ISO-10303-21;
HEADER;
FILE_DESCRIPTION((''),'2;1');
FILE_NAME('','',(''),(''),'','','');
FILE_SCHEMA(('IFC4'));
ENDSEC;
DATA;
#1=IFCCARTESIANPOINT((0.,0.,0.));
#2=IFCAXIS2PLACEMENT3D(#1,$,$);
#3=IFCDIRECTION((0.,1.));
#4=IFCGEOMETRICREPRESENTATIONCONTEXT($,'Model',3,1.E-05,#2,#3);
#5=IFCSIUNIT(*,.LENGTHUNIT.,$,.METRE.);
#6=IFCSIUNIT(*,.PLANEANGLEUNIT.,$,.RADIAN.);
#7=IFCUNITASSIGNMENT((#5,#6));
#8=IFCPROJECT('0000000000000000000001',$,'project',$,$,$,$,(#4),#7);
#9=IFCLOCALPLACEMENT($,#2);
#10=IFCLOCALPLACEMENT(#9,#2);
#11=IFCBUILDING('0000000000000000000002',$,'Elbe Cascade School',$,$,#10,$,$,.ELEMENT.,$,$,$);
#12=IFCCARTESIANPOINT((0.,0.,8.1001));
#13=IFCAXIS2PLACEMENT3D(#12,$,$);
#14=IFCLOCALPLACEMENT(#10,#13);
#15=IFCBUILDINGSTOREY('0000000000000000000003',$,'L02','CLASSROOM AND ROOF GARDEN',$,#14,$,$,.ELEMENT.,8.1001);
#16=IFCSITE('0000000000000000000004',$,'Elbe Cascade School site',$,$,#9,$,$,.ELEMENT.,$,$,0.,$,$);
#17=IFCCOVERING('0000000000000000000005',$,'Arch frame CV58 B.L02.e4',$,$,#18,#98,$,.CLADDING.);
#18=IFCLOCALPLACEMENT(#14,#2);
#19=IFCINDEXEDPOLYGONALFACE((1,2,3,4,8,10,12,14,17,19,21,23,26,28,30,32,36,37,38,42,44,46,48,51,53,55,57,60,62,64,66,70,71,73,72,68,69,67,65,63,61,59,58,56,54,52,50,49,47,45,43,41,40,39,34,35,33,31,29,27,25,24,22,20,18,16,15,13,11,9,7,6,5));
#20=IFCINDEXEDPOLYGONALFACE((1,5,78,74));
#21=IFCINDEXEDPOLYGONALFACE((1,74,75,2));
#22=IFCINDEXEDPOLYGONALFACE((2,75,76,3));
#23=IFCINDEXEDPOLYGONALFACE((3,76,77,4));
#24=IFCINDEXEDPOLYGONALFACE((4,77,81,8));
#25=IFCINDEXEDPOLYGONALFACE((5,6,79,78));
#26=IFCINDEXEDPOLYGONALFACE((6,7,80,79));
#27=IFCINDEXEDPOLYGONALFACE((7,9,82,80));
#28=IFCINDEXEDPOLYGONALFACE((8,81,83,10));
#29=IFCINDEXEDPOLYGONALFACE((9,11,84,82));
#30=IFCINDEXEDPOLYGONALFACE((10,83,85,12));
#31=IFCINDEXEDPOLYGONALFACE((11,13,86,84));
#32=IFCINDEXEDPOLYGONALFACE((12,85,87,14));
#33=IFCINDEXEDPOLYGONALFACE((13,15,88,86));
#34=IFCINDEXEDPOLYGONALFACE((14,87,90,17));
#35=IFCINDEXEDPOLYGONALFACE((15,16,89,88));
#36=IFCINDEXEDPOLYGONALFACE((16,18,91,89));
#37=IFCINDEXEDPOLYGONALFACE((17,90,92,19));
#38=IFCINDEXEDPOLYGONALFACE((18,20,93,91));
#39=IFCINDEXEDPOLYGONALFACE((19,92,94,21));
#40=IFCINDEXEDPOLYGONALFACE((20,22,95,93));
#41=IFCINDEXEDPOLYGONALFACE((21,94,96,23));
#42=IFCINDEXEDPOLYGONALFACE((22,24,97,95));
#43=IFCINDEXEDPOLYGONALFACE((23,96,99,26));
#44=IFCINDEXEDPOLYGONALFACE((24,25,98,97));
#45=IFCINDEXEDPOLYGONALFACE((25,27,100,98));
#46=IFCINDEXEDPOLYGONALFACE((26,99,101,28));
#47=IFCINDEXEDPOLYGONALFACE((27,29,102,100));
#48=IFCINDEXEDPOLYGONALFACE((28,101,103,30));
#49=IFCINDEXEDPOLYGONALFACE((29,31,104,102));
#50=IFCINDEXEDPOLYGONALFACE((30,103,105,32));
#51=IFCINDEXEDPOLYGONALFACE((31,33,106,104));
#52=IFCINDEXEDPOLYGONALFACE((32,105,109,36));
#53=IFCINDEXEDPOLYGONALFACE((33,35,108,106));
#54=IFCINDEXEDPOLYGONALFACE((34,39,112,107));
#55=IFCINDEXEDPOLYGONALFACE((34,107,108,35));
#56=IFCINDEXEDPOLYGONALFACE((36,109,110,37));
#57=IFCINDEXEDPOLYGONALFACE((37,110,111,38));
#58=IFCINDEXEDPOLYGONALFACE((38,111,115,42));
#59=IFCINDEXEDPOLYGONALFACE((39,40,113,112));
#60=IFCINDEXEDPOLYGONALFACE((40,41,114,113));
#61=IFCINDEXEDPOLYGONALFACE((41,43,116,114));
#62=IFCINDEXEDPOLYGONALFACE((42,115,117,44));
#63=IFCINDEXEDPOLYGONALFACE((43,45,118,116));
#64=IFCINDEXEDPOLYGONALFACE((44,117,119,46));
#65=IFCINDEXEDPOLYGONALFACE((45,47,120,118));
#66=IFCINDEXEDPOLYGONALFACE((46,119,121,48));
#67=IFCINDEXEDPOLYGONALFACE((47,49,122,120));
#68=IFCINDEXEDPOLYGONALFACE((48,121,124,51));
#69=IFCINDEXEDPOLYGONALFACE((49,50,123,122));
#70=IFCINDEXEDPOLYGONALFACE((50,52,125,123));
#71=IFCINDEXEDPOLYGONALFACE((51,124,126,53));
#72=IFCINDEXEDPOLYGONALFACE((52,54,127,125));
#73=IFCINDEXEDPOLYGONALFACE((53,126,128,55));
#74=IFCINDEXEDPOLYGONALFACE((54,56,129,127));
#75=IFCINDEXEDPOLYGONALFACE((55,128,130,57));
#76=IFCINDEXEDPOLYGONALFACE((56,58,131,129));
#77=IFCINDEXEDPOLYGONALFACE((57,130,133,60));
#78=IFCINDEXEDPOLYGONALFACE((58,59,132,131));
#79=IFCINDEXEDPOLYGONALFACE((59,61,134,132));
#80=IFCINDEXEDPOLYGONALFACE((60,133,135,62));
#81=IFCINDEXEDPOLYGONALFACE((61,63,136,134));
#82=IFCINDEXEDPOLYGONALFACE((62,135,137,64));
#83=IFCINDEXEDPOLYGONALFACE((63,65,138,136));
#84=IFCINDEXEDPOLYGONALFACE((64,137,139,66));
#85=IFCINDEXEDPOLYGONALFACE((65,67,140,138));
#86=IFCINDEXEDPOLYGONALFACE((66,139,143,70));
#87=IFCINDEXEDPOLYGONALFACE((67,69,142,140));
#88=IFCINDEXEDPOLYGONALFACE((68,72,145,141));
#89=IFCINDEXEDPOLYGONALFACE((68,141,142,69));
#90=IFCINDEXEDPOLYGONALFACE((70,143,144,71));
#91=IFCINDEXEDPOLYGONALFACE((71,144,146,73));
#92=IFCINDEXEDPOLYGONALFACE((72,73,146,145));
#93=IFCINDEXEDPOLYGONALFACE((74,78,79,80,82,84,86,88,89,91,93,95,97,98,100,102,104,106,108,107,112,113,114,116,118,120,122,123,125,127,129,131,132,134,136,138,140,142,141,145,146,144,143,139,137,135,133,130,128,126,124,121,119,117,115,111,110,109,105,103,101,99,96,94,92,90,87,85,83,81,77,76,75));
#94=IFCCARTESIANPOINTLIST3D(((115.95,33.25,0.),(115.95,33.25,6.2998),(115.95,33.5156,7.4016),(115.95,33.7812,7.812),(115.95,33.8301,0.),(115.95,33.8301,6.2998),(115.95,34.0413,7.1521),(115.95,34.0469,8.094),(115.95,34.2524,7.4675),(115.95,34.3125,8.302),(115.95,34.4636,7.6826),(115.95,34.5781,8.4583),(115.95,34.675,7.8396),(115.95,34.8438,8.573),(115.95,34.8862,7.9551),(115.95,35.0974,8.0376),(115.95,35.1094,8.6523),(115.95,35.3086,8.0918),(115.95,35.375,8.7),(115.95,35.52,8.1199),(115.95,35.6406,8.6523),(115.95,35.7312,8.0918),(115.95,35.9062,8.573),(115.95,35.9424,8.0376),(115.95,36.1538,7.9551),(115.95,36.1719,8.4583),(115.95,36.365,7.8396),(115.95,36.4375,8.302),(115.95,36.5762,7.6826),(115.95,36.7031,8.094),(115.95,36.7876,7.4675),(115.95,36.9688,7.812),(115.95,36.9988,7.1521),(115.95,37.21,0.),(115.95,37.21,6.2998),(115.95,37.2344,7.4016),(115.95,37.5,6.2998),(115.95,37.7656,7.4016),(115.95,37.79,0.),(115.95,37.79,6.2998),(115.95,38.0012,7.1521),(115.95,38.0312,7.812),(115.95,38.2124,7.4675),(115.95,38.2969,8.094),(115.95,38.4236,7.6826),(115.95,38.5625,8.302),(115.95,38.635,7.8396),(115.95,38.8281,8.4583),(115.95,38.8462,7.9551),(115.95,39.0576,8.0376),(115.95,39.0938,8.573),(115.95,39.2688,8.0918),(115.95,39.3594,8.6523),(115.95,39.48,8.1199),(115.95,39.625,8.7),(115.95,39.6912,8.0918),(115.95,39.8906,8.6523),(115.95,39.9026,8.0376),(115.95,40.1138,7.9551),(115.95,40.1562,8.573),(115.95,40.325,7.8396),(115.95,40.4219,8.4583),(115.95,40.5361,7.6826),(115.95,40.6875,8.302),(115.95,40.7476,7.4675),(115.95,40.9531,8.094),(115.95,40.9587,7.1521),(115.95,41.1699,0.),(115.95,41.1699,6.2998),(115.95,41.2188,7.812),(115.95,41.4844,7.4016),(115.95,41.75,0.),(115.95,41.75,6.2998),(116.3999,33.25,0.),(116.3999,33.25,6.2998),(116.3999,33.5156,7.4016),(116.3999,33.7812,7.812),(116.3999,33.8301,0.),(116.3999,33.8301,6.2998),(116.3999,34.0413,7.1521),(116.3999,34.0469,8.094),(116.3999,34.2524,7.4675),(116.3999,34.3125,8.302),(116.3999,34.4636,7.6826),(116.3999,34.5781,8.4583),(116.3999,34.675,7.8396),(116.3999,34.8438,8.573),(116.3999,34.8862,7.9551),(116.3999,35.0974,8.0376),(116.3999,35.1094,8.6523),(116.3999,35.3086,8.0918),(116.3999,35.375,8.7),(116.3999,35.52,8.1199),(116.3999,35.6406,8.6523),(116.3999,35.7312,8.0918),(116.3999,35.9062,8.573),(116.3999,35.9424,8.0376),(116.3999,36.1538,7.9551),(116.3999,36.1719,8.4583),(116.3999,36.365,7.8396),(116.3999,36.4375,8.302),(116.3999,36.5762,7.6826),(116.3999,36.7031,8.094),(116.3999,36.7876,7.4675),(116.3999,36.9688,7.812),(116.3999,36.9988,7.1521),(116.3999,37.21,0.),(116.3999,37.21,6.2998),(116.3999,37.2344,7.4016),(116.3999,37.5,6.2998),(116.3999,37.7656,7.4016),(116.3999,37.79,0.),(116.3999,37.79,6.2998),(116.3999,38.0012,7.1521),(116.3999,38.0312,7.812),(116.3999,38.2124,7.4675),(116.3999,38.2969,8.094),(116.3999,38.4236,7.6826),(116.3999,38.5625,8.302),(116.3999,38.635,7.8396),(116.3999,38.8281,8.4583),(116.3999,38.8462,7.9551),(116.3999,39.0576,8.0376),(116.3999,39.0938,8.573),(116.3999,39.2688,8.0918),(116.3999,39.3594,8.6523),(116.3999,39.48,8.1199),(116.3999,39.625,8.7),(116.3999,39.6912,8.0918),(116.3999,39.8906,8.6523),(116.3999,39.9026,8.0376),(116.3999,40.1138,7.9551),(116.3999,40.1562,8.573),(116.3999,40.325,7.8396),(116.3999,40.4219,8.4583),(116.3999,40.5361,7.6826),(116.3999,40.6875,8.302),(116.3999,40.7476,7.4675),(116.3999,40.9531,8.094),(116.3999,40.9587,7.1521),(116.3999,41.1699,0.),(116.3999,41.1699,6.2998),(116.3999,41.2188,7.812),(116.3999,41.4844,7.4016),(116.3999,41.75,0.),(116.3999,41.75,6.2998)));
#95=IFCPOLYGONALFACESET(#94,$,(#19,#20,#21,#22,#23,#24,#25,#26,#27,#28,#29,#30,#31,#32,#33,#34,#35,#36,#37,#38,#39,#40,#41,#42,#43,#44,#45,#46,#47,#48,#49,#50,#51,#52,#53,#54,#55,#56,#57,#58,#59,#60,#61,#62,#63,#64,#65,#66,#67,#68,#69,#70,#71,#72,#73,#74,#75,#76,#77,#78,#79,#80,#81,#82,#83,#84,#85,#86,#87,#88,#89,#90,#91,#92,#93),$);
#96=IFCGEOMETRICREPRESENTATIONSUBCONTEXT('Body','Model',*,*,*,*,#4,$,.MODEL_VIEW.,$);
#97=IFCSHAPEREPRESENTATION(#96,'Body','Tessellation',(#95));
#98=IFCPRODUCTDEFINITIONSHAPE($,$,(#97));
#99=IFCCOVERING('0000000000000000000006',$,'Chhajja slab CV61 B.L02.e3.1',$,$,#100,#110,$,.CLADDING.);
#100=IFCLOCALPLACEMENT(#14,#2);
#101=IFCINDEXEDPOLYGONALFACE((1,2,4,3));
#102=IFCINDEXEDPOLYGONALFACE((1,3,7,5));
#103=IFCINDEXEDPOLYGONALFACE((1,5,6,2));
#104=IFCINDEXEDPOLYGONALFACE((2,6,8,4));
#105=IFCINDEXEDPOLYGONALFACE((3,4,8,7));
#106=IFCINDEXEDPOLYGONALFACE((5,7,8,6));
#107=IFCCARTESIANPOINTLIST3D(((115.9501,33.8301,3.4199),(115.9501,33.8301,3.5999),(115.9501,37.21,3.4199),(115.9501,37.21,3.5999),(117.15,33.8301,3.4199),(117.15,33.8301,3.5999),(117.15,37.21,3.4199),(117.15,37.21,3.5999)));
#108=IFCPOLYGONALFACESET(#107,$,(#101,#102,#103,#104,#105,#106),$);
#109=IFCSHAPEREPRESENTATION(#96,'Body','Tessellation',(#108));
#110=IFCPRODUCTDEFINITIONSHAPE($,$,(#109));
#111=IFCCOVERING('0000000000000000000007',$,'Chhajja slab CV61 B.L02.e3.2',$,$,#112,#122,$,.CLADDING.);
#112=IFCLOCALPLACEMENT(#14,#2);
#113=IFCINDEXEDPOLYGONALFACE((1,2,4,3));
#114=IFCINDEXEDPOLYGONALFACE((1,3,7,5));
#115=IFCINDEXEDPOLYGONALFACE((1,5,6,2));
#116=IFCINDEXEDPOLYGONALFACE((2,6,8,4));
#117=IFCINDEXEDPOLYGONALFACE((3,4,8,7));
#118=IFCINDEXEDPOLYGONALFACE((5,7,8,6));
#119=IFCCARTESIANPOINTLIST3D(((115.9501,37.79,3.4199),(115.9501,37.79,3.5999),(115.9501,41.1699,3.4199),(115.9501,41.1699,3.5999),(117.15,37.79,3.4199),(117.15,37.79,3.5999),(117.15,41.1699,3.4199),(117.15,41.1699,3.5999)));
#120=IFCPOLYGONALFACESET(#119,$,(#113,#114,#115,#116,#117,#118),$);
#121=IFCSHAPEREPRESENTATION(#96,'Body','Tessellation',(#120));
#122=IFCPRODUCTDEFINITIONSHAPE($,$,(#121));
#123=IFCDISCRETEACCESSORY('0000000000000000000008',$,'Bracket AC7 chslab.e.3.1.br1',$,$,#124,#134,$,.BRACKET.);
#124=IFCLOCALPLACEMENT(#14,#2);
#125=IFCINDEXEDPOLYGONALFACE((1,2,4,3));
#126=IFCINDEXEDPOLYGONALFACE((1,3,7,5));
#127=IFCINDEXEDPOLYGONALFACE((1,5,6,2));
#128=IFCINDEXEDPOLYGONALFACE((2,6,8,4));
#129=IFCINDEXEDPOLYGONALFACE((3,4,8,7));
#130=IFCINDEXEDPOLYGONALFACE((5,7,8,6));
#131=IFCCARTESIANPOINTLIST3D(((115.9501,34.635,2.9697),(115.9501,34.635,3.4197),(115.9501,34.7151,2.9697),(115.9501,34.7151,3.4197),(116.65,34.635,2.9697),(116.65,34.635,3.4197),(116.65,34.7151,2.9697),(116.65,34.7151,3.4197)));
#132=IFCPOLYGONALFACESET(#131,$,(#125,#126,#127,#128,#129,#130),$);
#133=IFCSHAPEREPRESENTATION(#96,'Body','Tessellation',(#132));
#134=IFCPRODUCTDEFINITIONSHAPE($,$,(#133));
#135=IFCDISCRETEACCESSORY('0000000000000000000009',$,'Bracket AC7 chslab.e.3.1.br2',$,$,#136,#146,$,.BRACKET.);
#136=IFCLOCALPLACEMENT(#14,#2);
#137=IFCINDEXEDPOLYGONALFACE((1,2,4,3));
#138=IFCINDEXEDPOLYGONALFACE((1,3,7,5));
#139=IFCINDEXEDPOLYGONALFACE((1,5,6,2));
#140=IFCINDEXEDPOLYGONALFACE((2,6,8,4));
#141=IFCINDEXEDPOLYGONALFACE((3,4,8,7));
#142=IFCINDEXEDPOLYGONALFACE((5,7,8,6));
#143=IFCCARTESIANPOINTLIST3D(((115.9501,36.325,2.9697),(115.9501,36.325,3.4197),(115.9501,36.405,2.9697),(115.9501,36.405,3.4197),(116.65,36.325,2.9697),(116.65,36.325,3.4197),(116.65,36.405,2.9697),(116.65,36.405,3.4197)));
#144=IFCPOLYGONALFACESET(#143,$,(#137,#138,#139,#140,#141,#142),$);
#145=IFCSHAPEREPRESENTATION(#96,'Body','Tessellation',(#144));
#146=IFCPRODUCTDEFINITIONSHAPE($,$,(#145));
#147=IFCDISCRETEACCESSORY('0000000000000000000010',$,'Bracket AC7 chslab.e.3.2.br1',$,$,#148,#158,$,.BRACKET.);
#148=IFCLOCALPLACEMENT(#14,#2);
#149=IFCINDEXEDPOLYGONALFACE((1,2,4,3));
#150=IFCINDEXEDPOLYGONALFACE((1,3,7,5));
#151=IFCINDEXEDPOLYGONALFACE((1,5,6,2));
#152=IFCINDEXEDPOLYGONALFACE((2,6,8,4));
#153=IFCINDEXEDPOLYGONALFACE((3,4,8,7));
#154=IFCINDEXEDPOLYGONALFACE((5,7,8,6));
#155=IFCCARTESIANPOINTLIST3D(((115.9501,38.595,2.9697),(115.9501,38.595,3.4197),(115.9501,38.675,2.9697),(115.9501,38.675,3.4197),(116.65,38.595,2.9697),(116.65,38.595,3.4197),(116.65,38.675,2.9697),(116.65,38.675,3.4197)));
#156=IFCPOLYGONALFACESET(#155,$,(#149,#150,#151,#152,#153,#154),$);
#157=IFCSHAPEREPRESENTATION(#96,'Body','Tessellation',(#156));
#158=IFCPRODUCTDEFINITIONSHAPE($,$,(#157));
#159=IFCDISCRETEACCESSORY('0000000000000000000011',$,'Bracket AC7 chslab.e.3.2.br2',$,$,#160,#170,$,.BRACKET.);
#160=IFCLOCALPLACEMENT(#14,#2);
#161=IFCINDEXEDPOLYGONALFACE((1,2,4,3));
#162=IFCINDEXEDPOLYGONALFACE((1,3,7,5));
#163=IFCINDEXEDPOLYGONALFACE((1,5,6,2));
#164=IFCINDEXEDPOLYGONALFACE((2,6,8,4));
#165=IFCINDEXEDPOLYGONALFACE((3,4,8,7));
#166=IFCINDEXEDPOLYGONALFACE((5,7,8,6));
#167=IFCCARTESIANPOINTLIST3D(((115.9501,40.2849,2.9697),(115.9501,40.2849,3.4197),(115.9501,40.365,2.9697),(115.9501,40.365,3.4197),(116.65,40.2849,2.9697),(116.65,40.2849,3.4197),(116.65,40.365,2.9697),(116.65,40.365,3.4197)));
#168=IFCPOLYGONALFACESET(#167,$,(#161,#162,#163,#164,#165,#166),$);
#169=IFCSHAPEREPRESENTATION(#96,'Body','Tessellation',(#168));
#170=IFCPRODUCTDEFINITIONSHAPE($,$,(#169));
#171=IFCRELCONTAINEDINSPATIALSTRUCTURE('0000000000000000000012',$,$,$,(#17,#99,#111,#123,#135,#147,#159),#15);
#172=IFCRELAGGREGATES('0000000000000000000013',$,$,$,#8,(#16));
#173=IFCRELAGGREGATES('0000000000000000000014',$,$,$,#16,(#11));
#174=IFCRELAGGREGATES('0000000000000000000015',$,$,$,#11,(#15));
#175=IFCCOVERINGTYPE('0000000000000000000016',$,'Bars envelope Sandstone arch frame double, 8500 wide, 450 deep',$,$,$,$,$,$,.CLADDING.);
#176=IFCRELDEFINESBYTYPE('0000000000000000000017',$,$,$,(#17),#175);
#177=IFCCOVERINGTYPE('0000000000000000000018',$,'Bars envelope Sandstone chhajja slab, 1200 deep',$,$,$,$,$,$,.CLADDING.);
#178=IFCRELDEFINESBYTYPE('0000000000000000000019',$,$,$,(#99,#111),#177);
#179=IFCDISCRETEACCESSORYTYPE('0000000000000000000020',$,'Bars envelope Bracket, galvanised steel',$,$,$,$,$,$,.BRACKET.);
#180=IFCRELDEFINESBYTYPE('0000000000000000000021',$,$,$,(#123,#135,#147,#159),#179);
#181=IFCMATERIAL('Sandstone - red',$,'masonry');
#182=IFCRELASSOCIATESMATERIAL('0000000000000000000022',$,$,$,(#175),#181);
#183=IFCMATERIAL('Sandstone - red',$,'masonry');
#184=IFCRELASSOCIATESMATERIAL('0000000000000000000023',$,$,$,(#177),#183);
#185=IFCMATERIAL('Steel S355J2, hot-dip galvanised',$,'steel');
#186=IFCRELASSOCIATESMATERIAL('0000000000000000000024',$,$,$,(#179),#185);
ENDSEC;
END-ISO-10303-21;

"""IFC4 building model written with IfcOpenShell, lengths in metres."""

from ifc_helpers import new_model, si_unit, direction, frame, origin, origin_2d, place, context, subcontext, project, spatial, polyline, rectangle, outline, extrude, material, type_object, element, save


model = new_model("IFC4")

# Units and contexts
model_context = context("Model", 3, precision=1e-05, world=origin(), true_north=direction((0.0, 1.0)))
body_context = subcontext(model_context, "Body", "Model", "MODEL_VIEW")
ifc_project = project(units=[si_unit("LENGTHUNIT", "METRE"), si_unit("PLANEANGLEUNIT", "RADIAN")], contexts=[model_context])

# Site, building, storey
site_placement = place(None, origin())
site = spatial("IfcSite", under=ifc_project, at=site_placement, Name="Elbe Cascade School site", CompositionType="ELEMENT", RefElevation=0.0)
building_placement = place(site_placement, origin())
building = spatial("IfcBuilding", under=site, at=building_placement, Name="Elbe Cascade School", CompositionType="ELEMENT")
storey_placement = place(building_placement, frame((0.0, 0.0, 8.1001)))
storey = spatial("IfcBuildingStorey", under=building, at=storey_placement, Name="L02", Description="CLASSROOM AND ROOF GARDEN", CompositionType="ELEMENT", Elevation=8.1001)

# Coverings
ifc_material_1 = material(Name="Sandstone - red", Category="masonry")
covering_type_1 = type_object("IfcCoveringType", Name="Bars envelope Sandstone arch frame double, 8500 wide, 450 deep", PredefinedType="CLADDING", material=ifc_material_1)
covering_1_placement = place(storey_placement, frame((116.3999, 33.8301, 0.0), z_axis=(1.0, 0.0, 0.0), x_axis=(0.0, 0.0, 1.0)))
element("IfcCovering", 1, at=covering_1_placement, inside=storey, type_object=covering_type_1, Name="Arch frame CV58 B.L02.e4", PredefinedType="CLADDING", context=body_context, shape_type="SweptSolid", body=[
    extrude(outline(polyline([(0.0, 0.0), (6.2998, 0.0), (7.1521, -0.2112), (7.4675, -0.4224), (7.6826, -0.6335), (7.8396, -0.845), (7.9551, -1.0562), (8.0376, -1.2673), (8.0918, -1.4785), (8.1199, -1.6899), (8.0918, -1.9011), (8.0376, -2.1123), (7.9551, -2.3237), (7.8396, -2.5349), (7.6826, -2.7461), (7.4675, -2.9575), (7.1521, -3.1687), (6.2998, -3.3799), (0.0, -3.3799), (0.0, -3.96), (6.2998, -3.96), (7.1521, -4.1711), (7.4675, -4.3823), (7.6826, -4.5935), (7.8396, -4.8049), (7.9551, -5.0161), (8.0376, -5.2275), (8.0918, -5.4387), (8.1199, -5.6499), (8.0918, -5.8611), (8.0376, -6.0725), (7.9551, -6.2837), (7.8396, -6.4949), (7.6826, -6.7061), (7.4675, -6.9175), (7.1521, -7.1287), (6.2998, -7.3398), (0.0, -7.3398), (0.0, -7.9199), (6.2998, -7.9199), (7.4016, -7.6543), (7.812, -7.3887), (8.094, -7.123), (8.302, -6.8574), (8.4583, -6.5918), (8.573, -6.3262), (8.6523, -6.0605), (8.7, -5.7949), (8.6523, -5.5293), (8.573, -5.2637), (8.4583, -4.998), (8.302, -4.7324), (8.094, -4.4668), (7.812, -4.2012), (7.4016, -3.9355), (6.2998, -3.6699), (7.4016, -3.4043), (7.812, -3.1387), (8.094, -2.873), (8.302, -2.6074), (8.4583, -2.3418), (8.573, -2.0762), (8.6523, -1.8105), (8.7, -1.5449), (8.6523, -1.2793), (8.573, -1.0137), (8.4583, -0.748), (8.302, -0.4824), (8.094, -0.2168), (7.812, 0.0488), (7.4016, 0.3145), (6.2998, 0.5801), (0.0, 0.5801), (0.0, 0.0)])), origin(), (0.0, 0.0, -1.0), 0.45),
])
ifc_material_2 = material(Name="Sandstone - red", Category="masonry")
covering_type_2 = type_object("IfcCoveringType", Name="Bars envelope Sandstone chhajja slab, 1200 deep", PredefinedType="CLADDING", material=ifc_material_2)
for number, where, z_axis, x_axis, name in (
    (2, (116.55, 35.52, 3.4199), (0.0, 0.0, 1.0), (0.0, 1.0, 0.0), "Chhajja slab CV61 B.L02.e3.1"),
    (3, (116.55, 39.48, 3.4199), (0.0, 0.0, 1.0), (0.0, 1.0, 0.0), "Chhajja slab CV61 B.L02.e3.2"),
):
    element("IfcCovering", number, at=place(storey_placement, frame(where, z_axis=z_axis, x_axis=x_axis)), inside=storey, type_object=covering_type_2, Name=name, PredefinedType="CLADDING", context=body_context, shape_type="SweptSolid", body=[
        extrude(rectangle(XDim=3.3799, YDim=1.2, at=origin_2d()), origin(), (0.0, 0.0, 1.0), 0.1799),
    ])

# Discrete accessories
ifc_material_3 = material(Name="Steel S355J2, hot-dip galvanised", Category="steel")
discrete_accessory_type = type_object("IfcDiscreteAccessoryType", Name="Bars envelope Bracket, galvanised steel", PredefinedType="BRACKET", material=ifc_material_3)
for number, where, z_axis, x_axis, name in (
    (4, (116.3, 34.675, 2.9697), (0.0, 0.0, 1.0), (0.0, 1.0, 0.0), "Bracket AC7 chslab.e.3.1.br1"),
    (5, (116.3, 36.365, 2.9697), (0.0, 0.0, 1.0), (0.0, 1.0, 0.0), "Bracket AC7 chslab.e.3.1.br2"),
    (6, (116.3, 38.635, 2.9697), (0.0, 0.0, 1.0), (0.0, 1.0, 0.0), "Bracket AC7 chslab.e.3.2.br1"),
    (7, (116.3, 40.325, 2.9697), (0.0, 0.0, 1.0), (0.0, 1.0, 0.0), "Bracket AC7 chslab.e.3.2.br2"),
):
    element("IfcDiscreteAccessory", number, at=place(storey_placement, frame(where, z_axis=z_axis, x_axis=x_axis)), inside=storey, type_object=discrete_accessory_type, Name=name, PredefinedType="BRACKET", context=body_context, shape_type="SweptSolid", body=[
        extrude(rectangle(XDim=0.0801, YDim=0.7, at=origin_2d()), origin(), (0.0, 0.0, 1.0), 0.45),
    ])

save(model, "model.ifc")
